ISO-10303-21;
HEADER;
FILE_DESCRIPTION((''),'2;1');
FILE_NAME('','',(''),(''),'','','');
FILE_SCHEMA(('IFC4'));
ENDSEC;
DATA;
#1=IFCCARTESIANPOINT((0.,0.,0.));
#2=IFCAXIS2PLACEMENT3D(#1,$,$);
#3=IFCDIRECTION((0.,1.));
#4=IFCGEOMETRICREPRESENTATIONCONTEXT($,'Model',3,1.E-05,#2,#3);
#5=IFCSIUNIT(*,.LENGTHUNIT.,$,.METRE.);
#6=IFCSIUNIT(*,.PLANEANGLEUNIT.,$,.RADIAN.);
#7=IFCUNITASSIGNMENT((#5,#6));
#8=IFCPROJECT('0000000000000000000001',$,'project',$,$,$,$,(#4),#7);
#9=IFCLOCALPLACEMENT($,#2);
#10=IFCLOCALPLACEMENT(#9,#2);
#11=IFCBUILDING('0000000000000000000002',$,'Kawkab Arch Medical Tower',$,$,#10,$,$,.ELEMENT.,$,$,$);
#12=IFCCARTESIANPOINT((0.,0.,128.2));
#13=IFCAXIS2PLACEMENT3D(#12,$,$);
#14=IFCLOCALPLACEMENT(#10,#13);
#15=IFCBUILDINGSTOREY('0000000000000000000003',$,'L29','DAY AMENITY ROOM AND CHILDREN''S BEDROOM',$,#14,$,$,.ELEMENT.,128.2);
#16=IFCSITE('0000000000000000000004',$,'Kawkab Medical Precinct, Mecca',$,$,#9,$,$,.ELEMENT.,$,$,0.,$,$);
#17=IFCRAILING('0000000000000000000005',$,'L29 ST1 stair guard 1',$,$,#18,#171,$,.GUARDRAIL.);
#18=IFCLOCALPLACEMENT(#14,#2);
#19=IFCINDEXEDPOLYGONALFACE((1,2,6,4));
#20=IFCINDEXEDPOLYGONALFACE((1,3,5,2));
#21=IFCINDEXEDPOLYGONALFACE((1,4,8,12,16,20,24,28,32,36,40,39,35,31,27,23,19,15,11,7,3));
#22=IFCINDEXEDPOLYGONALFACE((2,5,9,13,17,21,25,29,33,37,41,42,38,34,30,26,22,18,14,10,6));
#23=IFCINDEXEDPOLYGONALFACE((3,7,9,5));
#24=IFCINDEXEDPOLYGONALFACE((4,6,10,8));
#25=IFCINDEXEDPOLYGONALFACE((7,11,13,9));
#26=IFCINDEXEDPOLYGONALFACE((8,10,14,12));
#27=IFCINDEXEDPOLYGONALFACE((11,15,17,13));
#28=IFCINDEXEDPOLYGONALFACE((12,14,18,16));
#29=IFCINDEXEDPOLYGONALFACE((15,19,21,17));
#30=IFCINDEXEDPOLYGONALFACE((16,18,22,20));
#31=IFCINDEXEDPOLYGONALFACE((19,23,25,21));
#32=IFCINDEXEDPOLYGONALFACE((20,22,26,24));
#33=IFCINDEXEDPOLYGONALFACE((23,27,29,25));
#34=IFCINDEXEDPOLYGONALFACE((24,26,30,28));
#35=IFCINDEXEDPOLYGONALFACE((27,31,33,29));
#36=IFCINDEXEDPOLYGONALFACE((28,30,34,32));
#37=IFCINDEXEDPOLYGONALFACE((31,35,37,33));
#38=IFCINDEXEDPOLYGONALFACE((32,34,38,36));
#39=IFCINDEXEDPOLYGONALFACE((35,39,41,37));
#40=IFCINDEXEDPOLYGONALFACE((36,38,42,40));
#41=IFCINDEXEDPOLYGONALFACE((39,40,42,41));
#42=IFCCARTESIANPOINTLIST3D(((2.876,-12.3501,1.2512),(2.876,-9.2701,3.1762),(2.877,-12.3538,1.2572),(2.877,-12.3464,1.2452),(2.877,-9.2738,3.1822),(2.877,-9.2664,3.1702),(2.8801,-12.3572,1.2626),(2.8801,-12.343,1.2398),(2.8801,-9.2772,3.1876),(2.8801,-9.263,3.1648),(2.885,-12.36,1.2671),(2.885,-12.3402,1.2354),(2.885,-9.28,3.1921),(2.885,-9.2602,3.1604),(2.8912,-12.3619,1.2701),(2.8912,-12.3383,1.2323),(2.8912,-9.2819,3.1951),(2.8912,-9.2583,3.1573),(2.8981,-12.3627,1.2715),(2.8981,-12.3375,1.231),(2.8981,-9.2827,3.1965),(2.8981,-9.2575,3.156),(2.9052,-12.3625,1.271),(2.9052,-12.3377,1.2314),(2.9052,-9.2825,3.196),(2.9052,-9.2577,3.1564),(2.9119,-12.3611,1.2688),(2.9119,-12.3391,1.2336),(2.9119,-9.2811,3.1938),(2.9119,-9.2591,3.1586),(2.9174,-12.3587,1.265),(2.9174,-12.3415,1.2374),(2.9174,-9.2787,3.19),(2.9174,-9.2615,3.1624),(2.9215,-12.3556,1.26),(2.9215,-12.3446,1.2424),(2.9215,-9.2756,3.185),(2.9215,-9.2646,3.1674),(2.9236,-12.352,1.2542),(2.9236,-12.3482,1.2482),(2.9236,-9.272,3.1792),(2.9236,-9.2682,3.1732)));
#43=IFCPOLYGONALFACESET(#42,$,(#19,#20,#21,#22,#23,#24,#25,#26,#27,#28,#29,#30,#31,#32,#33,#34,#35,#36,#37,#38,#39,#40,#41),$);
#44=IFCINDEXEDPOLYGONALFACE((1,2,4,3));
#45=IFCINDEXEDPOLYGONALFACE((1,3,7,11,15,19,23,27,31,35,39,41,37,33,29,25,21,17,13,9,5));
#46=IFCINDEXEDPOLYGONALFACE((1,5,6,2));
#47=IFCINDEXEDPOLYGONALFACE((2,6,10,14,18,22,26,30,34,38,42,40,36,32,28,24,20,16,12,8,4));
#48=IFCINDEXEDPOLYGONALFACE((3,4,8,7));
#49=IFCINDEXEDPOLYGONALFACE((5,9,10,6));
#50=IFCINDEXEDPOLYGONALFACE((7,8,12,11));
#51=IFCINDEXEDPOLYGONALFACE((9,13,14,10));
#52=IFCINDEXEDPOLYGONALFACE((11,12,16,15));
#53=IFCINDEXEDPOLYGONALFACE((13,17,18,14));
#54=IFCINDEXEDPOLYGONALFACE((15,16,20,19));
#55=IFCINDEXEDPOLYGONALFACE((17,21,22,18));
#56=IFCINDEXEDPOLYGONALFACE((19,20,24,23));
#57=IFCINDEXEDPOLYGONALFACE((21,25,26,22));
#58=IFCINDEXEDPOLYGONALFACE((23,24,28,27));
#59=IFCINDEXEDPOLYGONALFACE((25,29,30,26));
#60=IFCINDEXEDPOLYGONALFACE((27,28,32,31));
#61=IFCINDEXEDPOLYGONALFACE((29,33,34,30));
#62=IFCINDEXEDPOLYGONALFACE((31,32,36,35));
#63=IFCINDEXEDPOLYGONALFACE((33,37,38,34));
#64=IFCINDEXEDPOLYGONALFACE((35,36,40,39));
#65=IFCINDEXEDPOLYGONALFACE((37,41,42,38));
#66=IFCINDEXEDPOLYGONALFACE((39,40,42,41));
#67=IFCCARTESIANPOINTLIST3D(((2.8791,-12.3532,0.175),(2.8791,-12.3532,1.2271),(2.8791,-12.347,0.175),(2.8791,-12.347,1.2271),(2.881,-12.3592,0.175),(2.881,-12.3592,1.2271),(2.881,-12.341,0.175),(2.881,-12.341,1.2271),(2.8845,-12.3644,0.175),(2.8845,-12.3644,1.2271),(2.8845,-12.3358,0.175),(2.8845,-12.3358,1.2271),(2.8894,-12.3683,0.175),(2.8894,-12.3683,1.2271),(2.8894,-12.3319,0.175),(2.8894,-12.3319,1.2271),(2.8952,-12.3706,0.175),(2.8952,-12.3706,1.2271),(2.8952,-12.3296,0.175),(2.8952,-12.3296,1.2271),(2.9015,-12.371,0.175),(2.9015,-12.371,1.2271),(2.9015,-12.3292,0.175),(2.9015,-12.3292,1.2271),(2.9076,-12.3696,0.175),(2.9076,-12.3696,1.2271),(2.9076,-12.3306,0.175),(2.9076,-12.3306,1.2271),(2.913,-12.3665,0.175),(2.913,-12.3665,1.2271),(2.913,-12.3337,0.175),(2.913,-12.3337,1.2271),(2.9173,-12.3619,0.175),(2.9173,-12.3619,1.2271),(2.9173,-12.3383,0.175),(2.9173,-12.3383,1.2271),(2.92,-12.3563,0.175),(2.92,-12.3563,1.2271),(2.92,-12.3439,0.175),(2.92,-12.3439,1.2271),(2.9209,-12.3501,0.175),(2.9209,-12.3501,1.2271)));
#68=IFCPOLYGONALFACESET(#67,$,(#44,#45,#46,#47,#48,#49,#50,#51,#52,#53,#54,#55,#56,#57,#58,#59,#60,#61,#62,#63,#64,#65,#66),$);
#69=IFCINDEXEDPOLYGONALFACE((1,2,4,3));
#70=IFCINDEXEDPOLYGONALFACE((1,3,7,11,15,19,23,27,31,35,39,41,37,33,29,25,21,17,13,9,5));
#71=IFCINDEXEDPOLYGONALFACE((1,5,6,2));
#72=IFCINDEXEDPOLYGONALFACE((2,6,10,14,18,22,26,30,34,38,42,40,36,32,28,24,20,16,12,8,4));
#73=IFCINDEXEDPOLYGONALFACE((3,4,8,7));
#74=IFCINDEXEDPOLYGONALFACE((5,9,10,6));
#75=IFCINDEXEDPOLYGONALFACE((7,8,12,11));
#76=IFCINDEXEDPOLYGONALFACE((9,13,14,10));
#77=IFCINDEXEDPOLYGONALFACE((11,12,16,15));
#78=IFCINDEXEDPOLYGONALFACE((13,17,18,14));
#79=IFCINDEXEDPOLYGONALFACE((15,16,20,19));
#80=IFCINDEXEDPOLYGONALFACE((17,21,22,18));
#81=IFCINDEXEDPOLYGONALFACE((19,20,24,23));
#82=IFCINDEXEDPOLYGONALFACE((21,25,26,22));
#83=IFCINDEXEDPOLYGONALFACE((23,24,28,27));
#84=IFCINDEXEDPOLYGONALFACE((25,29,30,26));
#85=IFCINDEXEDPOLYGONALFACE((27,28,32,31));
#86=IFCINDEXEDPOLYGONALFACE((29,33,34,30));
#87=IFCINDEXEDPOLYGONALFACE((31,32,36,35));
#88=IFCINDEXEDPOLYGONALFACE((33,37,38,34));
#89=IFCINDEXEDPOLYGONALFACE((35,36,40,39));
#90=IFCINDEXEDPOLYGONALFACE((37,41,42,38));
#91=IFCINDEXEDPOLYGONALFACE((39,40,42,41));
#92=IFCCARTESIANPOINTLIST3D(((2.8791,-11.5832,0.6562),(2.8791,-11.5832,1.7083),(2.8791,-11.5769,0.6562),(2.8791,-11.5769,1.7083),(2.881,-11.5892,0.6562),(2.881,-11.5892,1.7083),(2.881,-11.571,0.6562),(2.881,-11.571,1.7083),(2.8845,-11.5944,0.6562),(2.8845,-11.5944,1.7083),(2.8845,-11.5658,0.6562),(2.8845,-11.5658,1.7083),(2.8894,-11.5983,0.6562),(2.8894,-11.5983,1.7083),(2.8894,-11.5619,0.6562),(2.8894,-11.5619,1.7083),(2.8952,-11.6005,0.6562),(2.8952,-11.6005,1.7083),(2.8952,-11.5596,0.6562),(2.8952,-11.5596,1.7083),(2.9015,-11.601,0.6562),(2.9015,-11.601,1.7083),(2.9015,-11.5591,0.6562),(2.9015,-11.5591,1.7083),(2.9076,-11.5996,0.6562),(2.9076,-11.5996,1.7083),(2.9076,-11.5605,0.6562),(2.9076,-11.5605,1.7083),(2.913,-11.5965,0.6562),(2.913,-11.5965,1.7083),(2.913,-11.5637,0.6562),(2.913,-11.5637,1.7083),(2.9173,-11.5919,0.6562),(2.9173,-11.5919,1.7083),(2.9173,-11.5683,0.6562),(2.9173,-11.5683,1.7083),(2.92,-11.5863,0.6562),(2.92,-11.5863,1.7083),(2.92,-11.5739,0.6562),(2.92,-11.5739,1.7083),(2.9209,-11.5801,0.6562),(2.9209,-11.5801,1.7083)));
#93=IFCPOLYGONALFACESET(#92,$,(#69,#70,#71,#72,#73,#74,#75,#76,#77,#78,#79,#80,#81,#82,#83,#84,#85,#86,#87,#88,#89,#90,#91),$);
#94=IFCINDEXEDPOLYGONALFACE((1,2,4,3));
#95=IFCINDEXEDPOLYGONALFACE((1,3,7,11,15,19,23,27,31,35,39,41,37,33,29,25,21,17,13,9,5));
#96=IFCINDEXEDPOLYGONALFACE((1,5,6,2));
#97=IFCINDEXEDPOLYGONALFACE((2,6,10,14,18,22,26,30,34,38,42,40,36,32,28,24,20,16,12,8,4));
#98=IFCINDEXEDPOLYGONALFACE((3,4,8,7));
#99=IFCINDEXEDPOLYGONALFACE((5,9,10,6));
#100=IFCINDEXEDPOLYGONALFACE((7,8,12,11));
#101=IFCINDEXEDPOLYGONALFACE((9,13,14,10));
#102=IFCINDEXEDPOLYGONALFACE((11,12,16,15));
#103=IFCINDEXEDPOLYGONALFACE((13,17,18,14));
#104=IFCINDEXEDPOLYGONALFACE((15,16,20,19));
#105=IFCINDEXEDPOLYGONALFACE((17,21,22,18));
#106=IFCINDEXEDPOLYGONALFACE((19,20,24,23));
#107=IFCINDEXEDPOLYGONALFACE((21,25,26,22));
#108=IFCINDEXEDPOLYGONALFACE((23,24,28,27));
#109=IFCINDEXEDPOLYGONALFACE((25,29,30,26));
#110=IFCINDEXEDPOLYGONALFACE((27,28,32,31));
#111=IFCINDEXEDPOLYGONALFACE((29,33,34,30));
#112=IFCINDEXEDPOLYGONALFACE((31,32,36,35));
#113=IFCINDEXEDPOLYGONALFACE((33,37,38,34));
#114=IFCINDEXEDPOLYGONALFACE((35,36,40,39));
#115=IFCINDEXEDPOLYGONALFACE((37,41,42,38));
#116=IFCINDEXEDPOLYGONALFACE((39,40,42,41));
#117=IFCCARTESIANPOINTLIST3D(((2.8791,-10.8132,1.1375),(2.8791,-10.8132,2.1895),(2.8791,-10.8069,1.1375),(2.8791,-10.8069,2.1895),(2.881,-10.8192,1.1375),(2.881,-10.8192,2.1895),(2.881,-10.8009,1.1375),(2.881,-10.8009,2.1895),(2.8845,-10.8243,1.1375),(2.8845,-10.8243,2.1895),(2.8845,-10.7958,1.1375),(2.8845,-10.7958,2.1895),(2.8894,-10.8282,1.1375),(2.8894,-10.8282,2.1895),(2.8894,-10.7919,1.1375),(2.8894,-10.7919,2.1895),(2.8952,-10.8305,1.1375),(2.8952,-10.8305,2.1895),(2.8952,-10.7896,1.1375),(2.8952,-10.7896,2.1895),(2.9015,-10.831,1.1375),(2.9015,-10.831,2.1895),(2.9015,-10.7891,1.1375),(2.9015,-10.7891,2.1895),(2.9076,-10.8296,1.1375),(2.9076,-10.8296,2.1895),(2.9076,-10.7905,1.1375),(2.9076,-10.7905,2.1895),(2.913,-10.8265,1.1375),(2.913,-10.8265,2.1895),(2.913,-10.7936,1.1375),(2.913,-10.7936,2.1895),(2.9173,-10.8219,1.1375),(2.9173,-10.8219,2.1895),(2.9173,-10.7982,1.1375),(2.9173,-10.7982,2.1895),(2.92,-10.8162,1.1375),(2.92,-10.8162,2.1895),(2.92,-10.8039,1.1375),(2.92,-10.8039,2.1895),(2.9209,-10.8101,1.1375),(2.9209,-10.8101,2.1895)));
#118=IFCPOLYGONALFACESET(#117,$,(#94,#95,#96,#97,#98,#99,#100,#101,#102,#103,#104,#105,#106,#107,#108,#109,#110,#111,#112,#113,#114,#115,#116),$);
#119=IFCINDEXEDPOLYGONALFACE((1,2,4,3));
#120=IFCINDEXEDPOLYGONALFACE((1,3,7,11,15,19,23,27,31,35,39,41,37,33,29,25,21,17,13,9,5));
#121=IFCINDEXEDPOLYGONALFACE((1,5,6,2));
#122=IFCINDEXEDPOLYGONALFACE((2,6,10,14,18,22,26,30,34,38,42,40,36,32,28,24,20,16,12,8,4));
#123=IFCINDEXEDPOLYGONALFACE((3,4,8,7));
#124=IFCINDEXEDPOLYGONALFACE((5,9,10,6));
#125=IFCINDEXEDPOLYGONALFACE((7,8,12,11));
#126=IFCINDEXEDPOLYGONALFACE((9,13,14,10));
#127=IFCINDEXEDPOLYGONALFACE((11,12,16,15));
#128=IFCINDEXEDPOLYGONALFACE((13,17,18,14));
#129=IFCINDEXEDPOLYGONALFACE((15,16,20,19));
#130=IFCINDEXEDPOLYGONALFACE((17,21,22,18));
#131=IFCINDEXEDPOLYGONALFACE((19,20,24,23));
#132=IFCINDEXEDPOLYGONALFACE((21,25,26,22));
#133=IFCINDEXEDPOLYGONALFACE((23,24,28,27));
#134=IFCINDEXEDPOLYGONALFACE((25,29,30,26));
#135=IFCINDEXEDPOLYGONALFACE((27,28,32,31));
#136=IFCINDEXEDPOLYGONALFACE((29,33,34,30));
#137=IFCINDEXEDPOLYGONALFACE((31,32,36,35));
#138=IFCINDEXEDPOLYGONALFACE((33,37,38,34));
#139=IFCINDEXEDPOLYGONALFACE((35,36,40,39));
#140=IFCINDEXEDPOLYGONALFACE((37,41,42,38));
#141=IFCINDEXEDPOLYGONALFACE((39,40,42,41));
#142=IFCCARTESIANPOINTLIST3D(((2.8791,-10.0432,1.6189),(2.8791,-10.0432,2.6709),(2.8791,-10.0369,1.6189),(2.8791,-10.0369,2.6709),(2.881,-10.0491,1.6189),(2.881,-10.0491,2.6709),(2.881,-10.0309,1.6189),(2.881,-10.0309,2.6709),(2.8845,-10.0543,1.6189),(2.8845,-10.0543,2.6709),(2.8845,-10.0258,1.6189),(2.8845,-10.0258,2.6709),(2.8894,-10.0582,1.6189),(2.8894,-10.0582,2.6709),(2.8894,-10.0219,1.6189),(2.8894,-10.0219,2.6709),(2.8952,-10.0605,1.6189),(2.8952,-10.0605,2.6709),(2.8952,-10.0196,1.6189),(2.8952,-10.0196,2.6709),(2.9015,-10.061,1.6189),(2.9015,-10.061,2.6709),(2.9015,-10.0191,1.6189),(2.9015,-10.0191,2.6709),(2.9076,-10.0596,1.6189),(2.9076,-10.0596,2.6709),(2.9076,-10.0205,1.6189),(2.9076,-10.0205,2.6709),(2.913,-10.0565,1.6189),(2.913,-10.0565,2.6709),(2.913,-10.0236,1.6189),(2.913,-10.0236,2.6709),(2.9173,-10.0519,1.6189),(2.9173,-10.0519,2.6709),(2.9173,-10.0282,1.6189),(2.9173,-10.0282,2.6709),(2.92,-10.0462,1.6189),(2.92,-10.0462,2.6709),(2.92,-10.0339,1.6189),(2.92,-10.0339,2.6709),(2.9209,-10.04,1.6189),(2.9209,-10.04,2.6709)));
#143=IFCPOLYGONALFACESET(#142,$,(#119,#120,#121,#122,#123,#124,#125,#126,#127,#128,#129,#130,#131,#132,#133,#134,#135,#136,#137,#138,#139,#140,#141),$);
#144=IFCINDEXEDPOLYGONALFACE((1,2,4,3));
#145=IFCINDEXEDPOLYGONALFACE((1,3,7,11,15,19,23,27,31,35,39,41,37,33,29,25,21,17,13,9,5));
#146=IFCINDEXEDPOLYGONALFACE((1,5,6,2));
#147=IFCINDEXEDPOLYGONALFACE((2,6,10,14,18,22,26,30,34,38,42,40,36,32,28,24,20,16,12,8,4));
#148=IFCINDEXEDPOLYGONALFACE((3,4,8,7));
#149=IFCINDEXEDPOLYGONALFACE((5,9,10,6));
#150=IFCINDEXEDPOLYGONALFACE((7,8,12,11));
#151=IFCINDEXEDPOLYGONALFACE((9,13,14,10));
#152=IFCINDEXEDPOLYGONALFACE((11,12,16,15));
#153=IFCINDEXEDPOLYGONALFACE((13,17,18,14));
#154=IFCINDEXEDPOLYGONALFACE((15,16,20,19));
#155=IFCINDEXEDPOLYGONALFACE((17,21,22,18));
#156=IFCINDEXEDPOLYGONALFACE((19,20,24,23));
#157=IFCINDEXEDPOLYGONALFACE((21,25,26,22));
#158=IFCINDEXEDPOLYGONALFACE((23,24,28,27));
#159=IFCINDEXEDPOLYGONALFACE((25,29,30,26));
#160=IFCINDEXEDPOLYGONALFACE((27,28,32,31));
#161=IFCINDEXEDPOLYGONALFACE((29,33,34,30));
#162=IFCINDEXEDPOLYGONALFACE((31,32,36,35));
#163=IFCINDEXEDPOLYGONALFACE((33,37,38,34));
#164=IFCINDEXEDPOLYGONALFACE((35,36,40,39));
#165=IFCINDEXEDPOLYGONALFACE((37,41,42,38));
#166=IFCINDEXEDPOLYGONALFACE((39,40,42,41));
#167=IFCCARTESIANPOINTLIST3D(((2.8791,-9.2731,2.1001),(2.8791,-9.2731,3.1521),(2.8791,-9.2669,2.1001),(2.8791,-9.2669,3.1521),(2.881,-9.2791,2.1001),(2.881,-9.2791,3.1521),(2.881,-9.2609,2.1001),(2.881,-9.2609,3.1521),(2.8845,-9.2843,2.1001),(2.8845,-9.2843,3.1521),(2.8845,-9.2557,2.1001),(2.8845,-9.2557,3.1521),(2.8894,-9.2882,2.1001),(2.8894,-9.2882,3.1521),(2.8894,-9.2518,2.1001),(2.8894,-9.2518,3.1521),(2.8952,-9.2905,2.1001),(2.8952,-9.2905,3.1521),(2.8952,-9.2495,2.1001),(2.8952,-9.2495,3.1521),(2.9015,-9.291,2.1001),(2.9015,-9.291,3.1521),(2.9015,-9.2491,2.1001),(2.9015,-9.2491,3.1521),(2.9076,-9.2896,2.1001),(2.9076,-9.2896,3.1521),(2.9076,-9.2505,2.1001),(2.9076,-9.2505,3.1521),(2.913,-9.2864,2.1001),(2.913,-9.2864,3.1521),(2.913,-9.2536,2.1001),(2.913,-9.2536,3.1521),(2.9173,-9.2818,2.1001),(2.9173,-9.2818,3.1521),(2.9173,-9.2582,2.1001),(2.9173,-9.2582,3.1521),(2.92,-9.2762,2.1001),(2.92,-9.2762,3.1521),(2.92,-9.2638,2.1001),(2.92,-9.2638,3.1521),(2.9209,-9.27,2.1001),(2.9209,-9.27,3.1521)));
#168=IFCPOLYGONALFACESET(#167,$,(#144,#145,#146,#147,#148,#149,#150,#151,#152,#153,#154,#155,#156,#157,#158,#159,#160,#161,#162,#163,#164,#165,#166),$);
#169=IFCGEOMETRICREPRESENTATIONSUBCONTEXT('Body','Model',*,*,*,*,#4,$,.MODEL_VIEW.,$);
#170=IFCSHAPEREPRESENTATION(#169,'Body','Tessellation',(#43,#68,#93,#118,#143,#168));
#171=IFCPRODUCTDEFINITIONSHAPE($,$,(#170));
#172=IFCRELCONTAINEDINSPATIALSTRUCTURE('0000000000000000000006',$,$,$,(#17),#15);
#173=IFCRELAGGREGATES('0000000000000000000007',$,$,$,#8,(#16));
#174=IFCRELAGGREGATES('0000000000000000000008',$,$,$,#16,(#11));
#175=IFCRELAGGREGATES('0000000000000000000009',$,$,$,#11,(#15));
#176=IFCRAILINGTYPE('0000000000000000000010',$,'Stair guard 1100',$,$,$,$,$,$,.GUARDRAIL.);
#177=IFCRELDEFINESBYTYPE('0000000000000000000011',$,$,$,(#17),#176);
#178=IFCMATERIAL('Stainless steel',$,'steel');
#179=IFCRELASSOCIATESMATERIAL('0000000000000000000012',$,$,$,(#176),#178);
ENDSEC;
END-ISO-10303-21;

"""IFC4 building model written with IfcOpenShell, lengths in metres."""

from ifc_helpers import new_model, si_unit, direction, frame, origin, origin_2d, place, context, subcontext, project, spatial, circle, extrude, material, type_object, element, save


model = new_model("IFC4")

# Units and contexts
model_context = context("Model", 3, precision=1e-05, world=origin(), true_north=direction((0.0, 1.0)))
body_context = subcontext(model_context, "Body", "Model", "MODEL_VIEW")
ifc_project = project(units=[si_unit("LENGTHUNIT", "METRE"), si_unit("PLANEANGLEUNIT", "RADIAN")], contexts=[model_context])

# Site, building, storey
site_placement = place(None, origin())
site = spatial("IfcSite", under=ifc_project, at=site_placement, Name="Kawkab Medical Precinct, Mecca", CompositionType="ELEMENT", RefElevation=0.0)
building_placement = place(site_placement, origin())
building = spatial("IfcBuilding", under=site, at=building_placement, Name="Kawkab Arch Medical Tower", CompositionType="ELEMENT")
storey_placement = place(building_placement, frame((0.0, 0.0, 128.2)))
storey = spatial("IfcBuildingStorey", under=building, at=storey_placement, Name="L29", Description="DAY AMENITY ROOM AND CHILDREN'S BEDROOM", CompositionType="ELEMENT", Elevation=128.2)

# Railing
ifc_material_1 = material(Name="Stainless steel", Category="steel")
railing_type_1 = type_object("IfcRailingType", Name="Stair guard 1100", PredefinedType="GUARDRAIL", material=ifc_material_1)
railing_1_placement = place(storey_placement, frame((2.8999, -12.3501, 0.175)))
element("IfcRailing", 1, at=railing_1_placement, inside=storey, type_object=railing_type_1, Name="L29 ST1 stair guard 1", PredefinedType="GUARDRAIL", context=body_context, shape_type="SweptSolid", body=[
    extrude(circle(Radius=0.0239, at=origin_2d()), frame((0.0, 0.0, 1.0762), z_axis=(0.0, 0.847998, 0.529999), x_axis=(-1.0, 0.0, 0.0)), (0.0, 0.0, 1.0), 3.6321),
    extrude(circle(Radius=0.021, at=origin_2d()), origin(), (0.0, 0.0, 1.0), 1.052),
    extrude(circle(Radius=0.021, at=origin_2d()), frame((0.0, 0.77, 0.4812)), (0.0, 0.0, 1.0), 1.052),
    extrude(circle(Radius=0.021, at=origin_2d()), frame((0.0, 1.54, 0.9624)), (0.0, 0.0, 1.0), 1.052),
    extrude(circle(Radius=0.021, at=origin_2d()), frame((0.0, 2.3101, 1.4438)), (0.0, 0.0, 1.0), 1.052),
    extrude(circle(Radius=0.021, at=origin_2d()), frame((0.0, 3.0801, 1.925)), (0.0, 0.0, 1.0), 1.052),
])

save(model, "model.ifc")
